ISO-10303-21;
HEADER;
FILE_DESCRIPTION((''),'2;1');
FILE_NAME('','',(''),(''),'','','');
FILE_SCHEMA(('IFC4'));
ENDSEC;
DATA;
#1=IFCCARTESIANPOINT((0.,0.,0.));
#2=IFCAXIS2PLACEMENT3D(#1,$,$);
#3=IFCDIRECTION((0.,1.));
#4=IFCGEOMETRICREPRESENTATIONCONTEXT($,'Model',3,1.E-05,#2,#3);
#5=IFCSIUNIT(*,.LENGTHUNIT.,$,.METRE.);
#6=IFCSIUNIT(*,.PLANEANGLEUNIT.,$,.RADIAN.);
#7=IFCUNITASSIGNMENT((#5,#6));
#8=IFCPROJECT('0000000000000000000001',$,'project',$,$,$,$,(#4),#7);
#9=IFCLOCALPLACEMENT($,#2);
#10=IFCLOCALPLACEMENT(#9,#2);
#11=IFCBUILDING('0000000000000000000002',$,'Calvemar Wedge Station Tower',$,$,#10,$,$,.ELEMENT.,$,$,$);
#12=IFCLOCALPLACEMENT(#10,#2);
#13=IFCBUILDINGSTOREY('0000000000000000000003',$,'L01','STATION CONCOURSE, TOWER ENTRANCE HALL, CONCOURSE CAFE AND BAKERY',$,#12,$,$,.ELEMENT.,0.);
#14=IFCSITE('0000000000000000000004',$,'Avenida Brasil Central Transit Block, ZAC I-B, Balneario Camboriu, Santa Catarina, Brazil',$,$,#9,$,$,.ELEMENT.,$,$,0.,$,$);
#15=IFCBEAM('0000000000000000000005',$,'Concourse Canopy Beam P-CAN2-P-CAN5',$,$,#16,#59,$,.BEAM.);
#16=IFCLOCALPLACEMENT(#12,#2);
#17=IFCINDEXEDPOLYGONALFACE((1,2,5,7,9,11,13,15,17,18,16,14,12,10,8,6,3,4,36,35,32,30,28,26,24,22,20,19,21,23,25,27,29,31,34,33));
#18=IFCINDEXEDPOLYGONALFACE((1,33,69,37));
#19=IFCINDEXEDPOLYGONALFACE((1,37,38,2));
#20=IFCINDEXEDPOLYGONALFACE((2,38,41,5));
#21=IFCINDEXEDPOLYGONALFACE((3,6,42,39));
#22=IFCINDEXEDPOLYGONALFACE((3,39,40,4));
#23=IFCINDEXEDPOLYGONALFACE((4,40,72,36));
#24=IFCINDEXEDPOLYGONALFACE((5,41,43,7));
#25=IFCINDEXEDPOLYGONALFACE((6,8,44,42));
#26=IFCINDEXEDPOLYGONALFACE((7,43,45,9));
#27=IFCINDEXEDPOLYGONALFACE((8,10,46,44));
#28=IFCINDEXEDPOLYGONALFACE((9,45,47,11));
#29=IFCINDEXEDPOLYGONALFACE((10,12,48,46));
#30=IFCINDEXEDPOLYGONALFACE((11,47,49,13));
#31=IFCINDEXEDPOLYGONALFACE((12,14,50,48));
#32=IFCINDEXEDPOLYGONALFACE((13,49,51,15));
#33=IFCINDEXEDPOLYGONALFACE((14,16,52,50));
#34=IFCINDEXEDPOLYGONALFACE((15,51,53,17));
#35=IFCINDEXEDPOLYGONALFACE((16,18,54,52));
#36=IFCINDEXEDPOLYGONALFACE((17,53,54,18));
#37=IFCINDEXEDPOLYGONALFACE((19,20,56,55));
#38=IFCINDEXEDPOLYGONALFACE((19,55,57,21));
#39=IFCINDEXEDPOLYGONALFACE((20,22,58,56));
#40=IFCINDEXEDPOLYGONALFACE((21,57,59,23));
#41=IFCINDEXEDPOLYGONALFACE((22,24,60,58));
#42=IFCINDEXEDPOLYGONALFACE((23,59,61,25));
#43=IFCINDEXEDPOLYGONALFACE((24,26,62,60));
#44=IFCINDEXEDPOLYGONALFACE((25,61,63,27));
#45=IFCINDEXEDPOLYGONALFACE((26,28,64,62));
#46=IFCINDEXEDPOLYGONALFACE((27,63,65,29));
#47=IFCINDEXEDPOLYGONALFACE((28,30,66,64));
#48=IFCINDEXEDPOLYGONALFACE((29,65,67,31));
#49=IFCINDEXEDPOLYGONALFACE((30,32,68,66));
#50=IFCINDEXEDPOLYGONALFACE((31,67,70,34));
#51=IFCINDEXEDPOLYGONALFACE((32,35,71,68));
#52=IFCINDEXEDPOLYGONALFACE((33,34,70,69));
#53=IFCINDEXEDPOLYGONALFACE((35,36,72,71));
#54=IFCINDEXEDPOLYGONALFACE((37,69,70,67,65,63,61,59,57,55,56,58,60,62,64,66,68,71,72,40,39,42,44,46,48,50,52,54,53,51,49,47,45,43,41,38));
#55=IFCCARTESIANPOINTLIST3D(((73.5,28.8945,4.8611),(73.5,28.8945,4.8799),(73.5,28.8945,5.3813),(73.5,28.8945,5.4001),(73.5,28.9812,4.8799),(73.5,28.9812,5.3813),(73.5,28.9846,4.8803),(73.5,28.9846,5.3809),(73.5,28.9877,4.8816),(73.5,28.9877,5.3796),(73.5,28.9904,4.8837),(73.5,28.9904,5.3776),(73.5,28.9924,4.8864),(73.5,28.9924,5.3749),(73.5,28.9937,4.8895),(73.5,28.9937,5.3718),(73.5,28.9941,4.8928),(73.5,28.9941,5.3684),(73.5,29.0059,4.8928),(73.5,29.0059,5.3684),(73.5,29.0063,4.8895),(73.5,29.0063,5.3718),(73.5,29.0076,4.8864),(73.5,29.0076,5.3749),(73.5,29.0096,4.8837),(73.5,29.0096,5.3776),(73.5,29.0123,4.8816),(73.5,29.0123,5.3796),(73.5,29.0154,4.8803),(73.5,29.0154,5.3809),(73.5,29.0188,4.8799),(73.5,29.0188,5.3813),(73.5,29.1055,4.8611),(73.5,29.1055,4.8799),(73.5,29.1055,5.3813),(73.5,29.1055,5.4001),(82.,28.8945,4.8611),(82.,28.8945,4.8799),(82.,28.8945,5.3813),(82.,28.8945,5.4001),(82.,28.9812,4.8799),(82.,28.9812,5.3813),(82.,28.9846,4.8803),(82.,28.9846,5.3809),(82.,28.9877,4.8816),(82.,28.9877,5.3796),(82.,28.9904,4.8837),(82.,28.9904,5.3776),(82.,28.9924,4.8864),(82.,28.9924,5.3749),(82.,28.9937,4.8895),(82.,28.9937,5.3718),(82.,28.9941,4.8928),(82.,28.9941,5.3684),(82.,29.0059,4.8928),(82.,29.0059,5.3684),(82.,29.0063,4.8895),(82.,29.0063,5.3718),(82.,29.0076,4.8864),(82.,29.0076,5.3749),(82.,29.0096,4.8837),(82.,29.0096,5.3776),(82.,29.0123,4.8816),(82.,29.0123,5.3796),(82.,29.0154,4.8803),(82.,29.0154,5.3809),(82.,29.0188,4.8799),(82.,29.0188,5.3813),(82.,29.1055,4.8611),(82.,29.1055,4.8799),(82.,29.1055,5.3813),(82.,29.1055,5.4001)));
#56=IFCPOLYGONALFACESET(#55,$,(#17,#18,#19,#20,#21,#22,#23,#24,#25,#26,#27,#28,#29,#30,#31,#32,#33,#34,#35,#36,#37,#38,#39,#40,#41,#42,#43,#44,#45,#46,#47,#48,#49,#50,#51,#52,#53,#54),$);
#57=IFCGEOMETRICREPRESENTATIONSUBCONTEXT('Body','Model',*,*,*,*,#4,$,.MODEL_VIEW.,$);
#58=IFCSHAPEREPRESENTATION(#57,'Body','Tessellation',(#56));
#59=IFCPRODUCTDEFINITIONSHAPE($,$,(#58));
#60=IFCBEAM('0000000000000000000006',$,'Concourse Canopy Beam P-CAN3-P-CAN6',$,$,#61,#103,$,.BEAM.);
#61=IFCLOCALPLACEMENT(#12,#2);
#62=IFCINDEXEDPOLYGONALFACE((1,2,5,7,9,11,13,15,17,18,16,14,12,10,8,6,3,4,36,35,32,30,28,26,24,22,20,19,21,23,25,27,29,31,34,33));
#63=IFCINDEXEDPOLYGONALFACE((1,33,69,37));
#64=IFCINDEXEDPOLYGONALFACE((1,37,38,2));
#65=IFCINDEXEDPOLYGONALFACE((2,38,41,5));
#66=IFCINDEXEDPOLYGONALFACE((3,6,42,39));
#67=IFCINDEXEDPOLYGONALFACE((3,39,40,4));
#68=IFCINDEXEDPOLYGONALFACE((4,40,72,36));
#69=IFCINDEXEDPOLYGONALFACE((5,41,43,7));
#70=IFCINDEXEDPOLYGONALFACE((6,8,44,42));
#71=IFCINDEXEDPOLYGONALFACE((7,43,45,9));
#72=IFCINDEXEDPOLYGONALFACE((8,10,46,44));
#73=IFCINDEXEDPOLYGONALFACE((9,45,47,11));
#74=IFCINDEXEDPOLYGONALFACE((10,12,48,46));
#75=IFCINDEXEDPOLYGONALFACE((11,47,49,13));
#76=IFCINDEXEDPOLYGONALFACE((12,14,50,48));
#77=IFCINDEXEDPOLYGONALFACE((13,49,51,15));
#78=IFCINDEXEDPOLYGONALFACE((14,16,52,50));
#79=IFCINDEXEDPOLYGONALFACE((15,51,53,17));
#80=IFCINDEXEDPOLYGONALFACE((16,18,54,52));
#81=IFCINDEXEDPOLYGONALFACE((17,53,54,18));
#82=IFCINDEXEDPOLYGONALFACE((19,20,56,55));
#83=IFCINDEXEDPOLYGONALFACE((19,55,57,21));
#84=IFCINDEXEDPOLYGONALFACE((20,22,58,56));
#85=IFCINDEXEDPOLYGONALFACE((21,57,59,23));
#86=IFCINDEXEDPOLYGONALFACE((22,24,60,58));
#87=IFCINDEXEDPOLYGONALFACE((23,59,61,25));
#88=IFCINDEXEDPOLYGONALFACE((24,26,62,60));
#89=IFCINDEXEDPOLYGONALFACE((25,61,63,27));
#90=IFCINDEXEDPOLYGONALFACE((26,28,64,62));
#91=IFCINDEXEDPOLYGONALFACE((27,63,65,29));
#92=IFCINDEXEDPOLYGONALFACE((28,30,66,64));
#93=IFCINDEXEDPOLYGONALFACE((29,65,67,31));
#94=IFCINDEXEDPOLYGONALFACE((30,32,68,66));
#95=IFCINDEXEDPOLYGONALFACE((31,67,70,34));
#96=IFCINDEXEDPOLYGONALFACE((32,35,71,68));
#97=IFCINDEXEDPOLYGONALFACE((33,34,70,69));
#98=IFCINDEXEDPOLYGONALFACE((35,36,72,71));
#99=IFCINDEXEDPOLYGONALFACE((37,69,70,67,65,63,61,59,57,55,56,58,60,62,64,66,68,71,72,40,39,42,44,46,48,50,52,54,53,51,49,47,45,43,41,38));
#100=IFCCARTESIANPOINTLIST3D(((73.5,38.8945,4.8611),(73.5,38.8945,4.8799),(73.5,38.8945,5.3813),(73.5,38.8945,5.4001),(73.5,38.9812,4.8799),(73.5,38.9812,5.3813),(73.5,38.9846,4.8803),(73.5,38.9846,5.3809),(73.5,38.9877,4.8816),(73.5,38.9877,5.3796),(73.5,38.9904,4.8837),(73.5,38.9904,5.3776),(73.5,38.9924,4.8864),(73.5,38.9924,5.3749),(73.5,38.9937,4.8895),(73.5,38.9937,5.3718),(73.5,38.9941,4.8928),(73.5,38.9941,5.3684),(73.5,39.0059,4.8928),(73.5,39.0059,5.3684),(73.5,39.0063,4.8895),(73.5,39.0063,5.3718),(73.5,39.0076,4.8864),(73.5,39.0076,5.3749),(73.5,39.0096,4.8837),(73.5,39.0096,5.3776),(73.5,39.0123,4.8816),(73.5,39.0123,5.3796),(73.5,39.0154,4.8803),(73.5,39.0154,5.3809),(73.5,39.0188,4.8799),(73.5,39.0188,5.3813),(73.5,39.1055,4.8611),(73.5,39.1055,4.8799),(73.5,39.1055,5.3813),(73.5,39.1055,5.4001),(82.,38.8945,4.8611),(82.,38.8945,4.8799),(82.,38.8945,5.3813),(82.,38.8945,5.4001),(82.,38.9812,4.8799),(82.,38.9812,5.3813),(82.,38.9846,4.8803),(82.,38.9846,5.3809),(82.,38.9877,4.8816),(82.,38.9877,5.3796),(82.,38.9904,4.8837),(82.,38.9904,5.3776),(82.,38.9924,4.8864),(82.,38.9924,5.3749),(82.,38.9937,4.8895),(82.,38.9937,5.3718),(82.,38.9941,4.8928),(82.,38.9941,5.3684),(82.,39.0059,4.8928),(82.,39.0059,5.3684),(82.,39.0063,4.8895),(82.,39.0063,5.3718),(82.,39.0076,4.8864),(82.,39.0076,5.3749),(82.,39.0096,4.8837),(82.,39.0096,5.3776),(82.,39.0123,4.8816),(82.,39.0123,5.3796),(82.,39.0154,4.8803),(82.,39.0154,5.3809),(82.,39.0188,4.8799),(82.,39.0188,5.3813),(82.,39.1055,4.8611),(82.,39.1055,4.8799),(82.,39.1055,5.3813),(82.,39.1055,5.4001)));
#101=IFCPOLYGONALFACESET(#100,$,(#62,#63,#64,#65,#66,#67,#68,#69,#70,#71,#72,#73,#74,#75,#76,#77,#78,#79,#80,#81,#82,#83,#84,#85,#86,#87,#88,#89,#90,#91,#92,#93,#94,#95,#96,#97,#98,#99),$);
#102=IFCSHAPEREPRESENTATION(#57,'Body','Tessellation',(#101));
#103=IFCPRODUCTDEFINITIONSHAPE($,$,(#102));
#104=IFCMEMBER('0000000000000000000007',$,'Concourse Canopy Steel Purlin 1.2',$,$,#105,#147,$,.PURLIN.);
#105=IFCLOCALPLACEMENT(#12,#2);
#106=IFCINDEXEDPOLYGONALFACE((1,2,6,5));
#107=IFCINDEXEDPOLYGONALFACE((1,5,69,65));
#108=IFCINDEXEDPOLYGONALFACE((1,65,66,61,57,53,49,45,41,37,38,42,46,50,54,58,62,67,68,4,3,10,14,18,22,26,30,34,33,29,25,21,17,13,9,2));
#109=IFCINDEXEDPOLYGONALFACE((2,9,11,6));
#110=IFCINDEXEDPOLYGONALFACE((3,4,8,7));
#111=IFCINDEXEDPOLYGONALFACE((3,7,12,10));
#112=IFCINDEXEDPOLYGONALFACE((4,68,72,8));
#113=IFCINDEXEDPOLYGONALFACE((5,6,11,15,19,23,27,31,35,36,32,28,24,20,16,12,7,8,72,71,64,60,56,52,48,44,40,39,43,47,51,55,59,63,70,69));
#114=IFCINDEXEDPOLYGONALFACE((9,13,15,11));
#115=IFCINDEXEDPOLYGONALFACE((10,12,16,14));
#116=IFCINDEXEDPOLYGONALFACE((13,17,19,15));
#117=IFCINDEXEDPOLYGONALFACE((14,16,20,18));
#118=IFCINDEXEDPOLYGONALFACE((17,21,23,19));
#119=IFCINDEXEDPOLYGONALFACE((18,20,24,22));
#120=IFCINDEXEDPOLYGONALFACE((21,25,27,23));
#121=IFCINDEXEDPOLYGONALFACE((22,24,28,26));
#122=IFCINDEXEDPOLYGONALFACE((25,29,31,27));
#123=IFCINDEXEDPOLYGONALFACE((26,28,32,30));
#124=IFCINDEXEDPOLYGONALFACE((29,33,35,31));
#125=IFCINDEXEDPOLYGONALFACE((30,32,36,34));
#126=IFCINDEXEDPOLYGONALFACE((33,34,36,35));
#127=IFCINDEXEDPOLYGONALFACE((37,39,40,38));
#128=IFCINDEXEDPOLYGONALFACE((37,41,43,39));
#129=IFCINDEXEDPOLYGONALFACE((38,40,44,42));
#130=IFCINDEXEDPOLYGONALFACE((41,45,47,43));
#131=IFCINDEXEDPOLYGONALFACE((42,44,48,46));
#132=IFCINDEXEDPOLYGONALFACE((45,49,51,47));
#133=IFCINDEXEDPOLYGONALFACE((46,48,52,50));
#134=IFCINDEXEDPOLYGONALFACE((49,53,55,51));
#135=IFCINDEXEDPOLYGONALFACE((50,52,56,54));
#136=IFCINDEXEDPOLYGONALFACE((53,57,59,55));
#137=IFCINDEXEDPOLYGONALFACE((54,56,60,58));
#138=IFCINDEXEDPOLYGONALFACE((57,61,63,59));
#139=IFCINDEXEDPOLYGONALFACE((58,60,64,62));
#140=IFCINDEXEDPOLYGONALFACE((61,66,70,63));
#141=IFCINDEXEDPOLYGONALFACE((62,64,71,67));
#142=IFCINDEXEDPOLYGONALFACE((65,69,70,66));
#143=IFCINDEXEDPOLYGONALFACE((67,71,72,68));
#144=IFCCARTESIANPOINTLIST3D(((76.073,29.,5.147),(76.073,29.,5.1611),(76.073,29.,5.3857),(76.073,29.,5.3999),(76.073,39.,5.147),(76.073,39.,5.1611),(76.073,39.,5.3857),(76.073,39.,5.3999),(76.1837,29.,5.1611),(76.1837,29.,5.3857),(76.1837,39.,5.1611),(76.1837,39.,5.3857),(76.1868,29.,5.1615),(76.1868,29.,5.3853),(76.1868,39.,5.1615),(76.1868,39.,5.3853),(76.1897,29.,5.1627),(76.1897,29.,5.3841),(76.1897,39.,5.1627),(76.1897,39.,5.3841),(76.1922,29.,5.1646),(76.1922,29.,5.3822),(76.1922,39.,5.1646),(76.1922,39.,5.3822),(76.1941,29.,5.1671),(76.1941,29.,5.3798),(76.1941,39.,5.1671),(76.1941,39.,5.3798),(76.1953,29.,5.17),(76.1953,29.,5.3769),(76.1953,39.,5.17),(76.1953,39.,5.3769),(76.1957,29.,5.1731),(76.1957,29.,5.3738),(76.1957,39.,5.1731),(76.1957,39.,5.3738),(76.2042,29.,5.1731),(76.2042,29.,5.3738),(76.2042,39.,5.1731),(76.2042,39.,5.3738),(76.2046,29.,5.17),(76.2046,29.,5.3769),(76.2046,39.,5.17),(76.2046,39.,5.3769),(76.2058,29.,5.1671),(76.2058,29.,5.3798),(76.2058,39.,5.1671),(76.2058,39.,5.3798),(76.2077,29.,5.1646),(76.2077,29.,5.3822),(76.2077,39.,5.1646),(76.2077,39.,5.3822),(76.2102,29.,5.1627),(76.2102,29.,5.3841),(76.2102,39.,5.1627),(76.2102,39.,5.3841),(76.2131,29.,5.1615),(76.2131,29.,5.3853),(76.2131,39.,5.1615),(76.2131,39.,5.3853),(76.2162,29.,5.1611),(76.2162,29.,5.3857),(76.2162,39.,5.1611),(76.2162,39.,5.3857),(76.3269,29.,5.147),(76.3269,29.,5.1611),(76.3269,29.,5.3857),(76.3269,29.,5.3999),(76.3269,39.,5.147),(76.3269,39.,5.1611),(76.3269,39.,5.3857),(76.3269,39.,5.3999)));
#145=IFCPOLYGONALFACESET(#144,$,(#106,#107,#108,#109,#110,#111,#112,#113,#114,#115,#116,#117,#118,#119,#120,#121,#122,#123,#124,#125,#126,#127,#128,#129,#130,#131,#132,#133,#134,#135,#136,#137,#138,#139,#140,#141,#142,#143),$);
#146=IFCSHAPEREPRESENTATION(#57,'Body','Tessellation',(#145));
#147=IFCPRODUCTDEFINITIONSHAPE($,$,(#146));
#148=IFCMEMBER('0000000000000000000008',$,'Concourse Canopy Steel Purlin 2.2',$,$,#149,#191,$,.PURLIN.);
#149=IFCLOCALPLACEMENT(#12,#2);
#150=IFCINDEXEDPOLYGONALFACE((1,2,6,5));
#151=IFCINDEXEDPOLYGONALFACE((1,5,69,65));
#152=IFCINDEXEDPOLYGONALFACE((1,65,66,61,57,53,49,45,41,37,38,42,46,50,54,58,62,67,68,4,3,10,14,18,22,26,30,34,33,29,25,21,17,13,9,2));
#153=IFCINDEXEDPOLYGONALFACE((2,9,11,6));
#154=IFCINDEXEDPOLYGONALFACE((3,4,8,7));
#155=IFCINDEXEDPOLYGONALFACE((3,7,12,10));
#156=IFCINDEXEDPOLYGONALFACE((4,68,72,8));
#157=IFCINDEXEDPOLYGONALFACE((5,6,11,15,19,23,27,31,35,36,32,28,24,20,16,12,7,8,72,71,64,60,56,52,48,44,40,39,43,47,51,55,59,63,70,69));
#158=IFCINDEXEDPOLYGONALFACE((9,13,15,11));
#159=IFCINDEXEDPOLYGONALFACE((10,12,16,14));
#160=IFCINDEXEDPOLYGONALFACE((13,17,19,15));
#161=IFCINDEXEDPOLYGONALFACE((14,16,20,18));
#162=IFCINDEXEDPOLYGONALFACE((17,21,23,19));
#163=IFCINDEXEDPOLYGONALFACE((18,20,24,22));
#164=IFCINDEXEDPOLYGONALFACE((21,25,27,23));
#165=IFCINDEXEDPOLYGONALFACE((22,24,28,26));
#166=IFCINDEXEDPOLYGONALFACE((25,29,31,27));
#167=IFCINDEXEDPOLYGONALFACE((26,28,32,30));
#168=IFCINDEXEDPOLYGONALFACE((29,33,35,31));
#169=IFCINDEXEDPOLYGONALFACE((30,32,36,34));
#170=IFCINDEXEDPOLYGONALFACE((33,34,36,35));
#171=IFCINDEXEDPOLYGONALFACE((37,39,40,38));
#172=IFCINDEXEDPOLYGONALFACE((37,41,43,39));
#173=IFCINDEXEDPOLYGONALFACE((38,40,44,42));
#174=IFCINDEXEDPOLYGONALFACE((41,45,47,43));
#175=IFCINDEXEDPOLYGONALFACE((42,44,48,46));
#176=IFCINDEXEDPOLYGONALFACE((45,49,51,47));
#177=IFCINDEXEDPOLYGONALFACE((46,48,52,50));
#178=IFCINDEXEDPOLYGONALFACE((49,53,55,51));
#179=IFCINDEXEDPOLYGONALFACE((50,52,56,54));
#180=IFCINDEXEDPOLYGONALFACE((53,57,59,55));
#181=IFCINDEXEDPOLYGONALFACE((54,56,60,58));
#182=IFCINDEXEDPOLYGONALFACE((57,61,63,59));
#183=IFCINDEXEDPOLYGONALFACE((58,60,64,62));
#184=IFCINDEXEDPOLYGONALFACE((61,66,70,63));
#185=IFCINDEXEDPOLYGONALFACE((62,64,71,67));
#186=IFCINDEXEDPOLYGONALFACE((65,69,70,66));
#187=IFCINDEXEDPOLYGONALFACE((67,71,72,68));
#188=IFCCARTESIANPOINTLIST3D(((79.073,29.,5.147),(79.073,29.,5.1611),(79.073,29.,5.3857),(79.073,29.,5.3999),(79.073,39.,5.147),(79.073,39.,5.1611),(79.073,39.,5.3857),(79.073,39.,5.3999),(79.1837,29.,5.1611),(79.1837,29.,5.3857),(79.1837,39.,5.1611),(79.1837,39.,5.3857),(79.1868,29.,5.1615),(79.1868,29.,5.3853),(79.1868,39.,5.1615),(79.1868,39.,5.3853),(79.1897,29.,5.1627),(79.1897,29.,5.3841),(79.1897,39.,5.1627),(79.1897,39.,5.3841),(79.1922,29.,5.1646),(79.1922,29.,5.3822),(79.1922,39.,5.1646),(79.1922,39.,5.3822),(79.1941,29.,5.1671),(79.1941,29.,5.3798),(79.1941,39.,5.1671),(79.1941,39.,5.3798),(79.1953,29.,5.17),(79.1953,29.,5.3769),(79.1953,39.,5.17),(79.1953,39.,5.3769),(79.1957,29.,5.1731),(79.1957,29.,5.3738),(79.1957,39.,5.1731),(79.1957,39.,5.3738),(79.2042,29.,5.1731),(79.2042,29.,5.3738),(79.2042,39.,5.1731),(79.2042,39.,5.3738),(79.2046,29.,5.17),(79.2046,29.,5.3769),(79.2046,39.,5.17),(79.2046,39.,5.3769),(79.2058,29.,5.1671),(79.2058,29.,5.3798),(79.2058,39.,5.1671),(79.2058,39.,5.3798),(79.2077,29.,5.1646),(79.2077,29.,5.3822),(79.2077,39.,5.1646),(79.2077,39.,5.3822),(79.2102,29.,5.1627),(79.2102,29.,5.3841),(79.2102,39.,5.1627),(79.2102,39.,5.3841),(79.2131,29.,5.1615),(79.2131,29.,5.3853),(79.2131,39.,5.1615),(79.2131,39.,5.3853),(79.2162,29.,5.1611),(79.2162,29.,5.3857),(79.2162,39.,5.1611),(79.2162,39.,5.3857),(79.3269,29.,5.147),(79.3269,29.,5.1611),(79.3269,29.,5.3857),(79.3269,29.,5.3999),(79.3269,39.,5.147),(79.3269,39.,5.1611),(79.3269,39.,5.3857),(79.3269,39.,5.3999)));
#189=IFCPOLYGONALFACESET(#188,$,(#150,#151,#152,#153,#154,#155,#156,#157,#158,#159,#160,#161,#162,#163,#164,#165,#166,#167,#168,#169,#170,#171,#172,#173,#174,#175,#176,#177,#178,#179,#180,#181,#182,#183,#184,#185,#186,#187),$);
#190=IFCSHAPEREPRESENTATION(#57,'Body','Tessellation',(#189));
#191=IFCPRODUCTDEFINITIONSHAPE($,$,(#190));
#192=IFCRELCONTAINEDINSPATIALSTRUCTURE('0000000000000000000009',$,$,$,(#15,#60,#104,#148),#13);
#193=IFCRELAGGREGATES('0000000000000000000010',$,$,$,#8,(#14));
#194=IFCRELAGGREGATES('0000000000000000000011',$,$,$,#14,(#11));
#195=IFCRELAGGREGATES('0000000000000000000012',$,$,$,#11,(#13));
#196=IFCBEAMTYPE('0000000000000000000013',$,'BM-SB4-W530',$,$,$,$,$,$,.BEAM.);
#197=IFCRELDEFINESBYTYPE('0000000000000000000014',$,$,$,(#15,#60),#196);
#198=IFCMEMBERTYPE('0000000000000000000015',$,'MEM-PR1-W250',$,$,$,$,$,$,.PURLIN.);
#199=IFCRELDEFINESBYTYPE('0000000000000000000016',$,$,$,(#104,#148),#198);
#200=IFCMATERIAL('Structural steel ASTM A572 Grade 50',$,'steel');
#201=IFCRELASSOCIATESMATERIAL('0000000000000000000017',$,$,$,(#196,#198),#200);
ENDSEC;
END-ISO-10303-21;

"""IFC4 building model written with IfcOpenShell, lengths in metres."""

from ifc_helpers import new_model, si_unit, direction, frame, origin, origin_2d, place, context, subcontext, project, spatial, i_section, extrude, source, transform, mapped, material, material_profile, profile_set, type_object, element, save


model = new_model("IFC4")

# Units and contexts
model_context = context("Model", 3, precision=1e-05, world=origin(), true_north=direction((0.0, 1.0)))
body_context = subcontext(model_context, "Body", "Model", "MODEL_VIEW")
ifc_project = project(units=[si_unit("LENGTHUNIT", "METRE"), si_unit("PLANEANGLEUNIT", "RADIAN")], contexts=[model_context])

# Site, building, storey
site_placement = place(None, origin())
site = spatial("IfcSite", under=ifc_project, at=site_placement, Name="Avenida Brasil Central Transit Block, ZAC I-B, Balneario Camboriu, Santa Catarina, Brazil", CompositionType="ELEMENT", RefElevation=0.0)
building_placement = place(site_placement, origin())
building = spatial("IfcBuilding", under=site, at=building_placement, Name="Calvemar Wedge Station Tower", CompositionType="ELEMENT")
storey_placement = place(building_placement, origin())
storey = spatial("IfcBuildingStorey", under=building, at=storey_placement, Name="L01", Description="STATION CONCOURSE, TOWER ENTRANCE HALL, CONCOURSE CAFE AND BAKERY", CompositionType="ELEMENT", Elevation=0.0)

# Beams
ifc_material_1 = material(Name="Structural steel ASTM A572 Grade 50", Category="steel")
ifc_material_profile_1 = material_profile(ifc_material_1, i_section(OverallWidth=0.2109, OverallDepth=0.5391, WebThickness=0.0117, FlangeThickness=0.0188, FilletRadius=0.0129, at=origin_2d()), Name="W530x109")
ifc_profile_set_1 = profile_set([ifc_material_profile_1], Name="Structural steel ASTM A572 Grade 50")
beam_type = type_object("IfcBeamType", Name="BM-SB4-W530", PredefinedType="BEAM", material=ifc_profile_set_1)
shared_shape_1 = source(origin(), body_context, "Body", "SweptSolid", [
    extrude(i_section(OverallWidth=0.2109, OverallDepth=0.5391, WebThickness=0.0117, FlangeThickness=0.0188, FilletRadius=0.0129, at=origin_2d()), origin(), (0.0, 0.0, 1.0), 8.5),
])
for number, where, z_axis, x_axis, name in (
    (1, (73.5, 29.0, 5.1306), (1.0, 0.0, 0.0), (0.0, 1.0, 0.0), "Concourse Canopy Beam P-CAN2-P-CAN5"),
    (2, (73.5, 39.0, 5.1306), (1.0, 0.0, 0.0), (0.0, 1.0, 0.0), "Concourse Canopy Beam P-CAN3-P-CAN6"),
):
    element("IfcBeam", number, at=place(storey_placement, frame(where, z_axis=z_axis, x_axis=x_axis)), inside=storey, type_object=beam_type, Name=name, PredefinedType="BEAM", context=body_context, shape_type="MappedRepresentation", body=[
        mapped(shared_shape_1, transform((0.0, 0.0, 0.0), scale=1.0)),
    ])

# Members
ifc_material_profile_2 = material_profile(ifc_material_1, i_section(OverallWidth=0.2539, OverallDepth=0.2529, WebThickness=0.0085, FlangeThickness=0.0142, FilletRadius=0.012, at=origin_2d()), Name="W250x73")
ifc_profile_set_2 = profile_set([ifc_material_profile_2], Name="Structural steel ASTM A572 Grade 50")
member_type = type_object("IfcMemberType", Name="MEM-PR1-W250", PredefinedType="PURLIN", material=ifc_profile_set_2)
shared_shape_2 = source(origin(), body_context, "Body", "SweptSolid", [
    extrude(i_section(OverallWidth=0.2539, OverallDepth=0.2529, WebThickness=0.0085, FlangeThickness=0.0142, FilletRadius=0.012, at=origin_2d()), origin(), (0.0, 0.0, 1.0), 10.0),
])
for number, where, z_axis, x_axis, name in (
    (3, (76.2, 29.0, 5.2734), (0.0, 1.0, 0.0), (-1.0, 0.0, 0.0), "Concourse Canopy Steel Purlin 1.2"),
    (4, (79.2, 29.0, 5.2734), (0.0, 1.0, 0.0), (-1.0, 0.0, 0.0), "Concourse Canopy Steel Purlin 2.2"),
):
    element("IfcMember", number, at=place(storey_placement, frame(where, z_axis=z_axis, x_axis=x_axis)), inside=storey, type_object=member_type, Name=name, PredefinedType="PURLIN", context=body_context, shape_type="MappedRepresentation", body=[
        mapped(shared_shape_2, transform((0.0, 0.0, 0.0), scale=1.0)),
    ])

save(model, "model.ifc")
